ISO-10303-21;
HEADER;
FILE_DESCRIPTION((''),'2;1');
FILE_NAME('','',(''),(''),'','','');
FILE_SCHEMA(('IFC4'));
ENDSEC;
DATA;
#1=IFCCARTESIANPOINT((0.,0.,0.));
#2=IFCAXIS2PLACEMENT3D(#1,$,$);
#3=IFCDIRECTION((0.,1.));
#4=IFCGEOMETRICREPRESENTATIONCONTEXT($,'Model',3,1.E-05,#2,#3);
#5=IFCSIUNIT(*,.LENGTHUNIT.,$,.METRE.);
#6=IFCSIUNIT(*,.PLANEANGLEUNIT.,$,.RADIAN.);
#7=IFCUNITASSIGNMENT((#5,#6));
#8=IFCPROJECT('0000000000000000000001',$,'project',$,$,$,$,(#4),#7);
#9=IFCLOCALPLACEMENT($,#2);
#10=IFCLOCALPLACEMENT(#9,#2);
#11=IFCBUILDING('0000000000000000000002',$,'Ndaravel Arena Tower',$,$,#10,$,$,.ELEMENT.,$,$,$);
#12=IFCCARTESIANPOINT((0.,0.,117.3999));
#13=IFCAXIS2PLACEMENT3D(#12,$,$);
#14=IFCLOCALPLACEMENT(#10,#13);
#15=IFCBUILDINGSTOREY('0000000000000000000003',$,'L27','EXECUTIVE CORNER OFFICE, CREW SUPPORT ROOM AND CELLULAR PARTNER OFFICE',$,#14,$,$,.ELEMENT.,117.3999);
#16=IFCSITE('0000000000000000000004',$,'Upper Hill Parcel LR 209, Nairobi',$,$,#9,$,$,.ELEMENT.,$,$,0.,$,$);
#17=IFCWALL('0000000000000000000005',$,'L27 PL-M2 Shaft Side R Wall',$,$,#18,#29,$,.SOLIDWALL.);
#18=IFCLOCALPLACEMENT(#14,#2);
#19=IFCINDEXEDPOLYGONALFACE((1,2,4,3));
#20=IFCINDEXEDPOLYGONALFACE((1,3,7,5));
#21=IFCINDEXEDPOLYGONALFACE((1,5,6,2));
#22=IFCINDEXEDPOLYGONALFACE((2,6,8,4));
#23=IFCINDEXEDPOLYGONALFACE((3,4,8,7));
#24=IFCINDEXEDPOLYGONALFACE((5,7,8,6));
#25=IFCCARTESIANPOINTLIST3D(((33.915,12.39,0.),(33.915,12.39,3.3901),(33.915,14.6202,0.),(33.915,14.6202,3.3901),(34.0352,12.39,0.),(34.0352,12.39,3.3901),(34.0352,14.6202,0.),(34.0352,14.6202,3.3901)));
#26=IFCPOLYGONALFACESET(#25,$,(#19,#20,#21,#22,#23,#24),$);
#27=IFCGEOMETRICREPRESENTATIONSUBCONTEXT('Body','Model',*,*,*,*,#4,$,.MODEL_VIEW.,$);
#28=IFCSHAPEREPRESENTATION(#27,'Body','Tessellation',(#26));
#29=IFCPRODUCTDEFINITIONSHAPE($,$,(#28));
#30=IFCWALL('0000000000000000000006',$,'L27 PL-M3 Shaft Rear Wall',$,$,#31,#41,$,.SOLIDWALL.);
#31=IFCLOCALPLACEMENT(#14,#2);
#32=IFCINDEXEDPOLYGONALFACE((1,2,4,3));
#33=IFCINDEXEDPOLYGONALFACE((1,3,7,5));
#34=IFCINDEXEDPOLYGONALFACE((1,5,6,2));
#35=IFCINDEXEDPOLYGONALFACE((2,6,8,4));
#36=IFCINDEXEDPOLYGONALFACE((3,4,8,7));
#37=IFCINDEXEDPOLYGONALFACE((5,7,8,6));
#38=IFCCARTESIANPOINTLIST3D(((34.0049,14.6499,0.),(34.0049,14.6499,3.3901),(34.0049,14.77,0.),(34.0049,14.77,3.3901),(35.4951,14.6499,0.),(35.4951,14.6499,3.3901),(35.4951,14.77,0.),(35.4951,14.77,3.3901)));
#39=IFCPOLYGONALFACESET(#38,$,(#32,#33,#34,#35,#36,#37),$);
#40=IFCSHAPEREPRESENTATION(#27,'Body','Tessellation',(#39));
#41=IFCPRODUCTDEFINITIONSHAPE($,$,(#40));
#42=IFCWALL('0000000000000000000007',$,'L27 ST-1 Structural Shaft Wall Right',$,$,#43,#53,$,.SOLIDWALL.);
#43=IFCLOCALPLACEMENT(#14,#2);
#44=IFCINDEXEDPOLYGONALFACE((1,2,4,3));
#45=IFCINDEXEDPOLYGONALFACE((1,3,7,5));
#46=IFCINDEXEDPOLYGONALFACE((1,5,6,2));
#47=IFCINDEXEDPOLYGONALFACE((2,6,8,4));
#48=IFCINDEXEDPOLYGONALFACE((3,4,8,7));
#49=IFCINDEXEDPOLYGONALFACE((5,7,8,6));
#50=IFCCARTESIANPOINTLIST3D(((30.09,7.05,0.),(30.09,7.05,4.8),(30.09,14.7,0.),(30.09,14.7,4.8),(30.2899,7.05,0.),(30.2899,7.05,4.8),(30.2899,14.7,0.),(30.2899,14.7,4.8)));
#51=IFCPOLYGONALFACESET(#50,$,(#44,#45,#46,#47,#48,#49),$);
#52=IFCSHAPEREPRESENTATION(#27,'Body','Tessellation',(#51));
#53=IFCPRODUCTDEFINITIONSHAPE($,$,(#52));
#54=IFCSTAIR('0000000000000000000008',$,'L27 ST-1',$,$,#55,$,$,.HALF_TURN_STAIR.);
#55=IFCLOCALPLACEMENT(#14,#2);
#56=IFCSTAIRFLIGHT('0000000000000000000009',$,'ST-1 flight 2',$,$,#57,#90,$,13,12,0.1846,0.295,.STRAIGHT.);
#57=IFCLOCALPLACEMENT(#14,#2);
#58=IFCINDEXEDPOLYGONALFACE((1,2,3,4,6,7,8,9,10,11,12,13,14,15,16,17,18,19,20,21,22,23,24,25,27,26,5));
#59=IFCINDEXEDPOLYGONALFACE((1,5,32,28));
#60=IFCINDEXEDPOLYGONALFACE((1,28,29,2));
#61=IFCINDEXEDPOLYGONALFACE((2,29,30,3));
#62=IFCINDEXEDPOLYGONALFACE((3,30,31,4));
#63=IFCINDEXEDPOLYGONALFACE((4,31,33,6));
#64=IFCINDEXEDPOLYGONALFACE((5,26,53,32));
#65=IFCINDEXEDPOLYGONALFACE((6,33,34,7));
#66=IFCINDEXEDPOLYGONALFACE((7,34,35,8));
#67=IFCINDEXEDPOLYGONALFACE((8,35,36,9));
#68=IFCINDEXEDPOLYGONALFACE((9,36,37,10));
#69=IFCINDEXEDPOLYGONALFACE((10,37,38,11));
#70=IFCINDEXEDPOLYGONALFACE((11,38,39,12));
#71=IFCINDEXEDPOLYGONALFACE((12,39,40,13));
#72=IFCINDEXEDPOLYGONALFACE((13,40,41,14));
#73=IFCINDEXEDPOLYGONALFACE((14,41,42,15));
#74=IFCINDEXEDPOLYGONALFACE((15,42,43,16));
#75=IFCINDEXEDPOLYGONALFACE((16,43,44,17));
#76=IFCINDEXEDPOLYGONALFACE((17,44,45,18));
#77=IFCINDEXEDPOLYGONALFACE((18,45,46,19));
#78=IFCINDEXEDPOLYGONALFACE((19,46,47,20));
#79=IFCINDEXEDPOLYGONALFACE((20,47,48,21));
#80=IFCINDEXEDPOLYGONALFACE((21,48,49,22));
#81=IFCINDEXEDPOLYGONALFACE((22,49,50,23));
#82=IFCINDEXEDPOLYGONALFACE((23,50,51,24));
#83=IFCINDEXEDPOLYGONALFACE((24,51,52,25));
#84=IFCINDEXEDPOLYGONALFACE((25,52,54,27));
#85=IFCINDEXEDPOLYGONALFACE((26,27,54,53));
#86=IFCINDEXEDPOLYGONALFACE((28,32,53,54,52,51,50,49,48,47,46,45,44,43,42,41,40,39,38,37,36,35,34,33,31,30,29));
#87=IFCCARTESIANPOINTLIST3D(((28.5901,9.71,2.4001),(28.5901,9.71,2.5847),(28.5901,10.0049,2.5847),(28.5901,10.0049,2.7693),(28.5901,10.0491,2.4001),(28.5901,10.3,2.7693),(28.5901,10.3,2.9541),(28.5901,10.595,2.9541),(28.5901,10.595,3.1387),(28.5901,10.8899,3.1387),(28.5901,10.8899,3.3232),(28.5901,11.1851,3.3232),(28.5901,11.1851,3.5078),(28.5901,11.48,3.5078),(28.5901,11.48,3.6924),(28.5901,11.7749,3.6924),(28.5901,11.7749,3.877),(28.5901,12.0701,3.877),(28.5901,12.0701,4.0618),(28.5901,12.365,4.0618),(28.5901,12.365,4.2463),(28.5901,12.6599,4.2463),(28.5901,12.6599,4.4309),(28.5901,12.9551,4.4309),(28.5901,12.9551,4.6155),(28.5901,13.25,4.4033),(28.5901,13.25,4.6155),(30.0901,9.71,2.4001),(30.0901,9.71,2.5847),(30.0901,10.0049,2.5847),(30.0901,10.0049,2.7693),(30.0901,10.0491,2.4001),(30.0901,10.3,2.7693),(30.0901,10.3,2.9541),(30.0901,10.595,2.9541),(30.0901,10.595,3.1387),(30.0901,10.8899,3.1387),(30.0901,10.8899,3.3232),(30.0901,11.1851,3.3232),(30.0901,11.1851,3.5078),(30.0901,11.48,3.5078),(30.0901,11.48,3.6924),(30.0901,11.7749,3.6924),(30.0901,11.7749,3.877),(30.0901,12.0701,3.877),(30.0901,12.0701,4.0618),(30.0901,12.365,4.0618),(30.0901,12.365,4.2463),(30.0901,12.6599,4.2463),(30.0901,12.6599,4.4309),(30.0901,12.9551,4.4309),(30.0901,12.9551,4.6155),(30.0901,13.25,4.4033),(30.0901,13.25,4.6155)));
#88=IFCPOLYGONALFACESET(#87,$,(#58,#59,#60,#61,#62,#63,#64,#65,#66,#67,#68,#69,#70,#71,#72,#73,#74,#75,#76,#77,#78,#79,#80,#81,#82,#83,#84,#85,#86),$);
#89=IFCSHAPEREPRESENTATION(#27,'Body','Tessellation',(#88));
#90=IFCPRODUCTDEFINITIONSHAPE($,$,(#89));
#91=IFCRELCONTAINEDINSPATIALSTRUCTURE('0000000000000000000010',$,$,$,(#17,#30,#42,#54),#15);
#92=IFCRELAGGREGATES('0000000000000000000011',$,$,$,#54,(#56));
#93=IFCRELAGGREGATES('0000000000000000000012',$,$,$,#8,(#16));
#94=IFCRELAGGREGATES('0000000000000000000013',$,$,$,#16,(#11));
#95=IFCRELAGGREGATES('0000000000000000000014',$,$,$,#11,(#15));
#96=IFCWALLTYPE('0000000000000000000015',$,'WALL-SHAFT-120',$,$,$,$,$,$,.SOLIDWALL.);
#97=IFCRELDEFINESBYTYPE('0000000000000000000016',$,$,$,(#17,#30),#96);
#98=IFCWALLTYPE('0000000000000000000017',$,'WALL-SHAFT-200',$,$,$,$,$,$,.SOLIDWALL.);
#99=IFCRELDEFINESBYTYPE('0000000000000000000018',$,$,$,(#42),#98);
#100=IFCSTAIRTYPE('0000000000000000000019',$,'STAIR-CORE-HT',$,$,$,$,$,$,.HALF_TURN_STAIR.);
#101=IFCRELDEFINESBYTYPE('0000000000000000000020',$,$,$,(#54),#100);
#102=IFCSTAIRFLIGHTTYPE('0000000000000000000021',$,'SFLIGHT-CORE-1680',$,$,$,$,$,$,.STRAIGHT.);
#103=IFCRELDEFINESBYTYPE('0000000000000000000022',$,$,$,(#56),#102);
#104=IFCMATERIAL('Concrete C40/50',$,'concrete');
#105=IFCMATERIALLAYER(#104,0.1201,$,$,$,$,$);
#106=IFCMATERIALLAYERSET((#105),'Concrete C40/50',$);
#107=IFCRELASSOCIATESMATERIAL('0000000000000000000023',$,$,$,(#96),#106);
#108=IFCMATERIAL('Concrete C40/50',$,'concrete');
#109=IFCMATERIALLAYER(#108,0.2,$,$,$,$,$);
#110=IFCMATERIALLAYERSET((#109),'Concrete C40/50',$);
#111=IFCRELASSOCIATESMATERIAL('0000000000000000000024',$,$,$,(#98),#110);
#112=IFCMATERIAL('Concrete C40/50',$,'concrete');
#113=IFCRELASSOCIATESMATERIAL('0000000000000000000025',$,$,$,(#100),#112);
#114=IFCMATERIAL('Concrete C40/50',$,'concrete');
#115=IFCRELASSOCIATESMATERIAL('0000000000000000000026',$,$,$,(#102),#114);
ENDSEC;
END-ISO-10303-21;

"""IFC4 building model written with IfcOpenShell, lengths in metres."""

from ifc_helpers import new_model, si_unit, direction, frame, frame_2d, origin, place, context, subcontext, project, spatial, polyline, rectangle, outline, extrude, material, layer, layer_set, type_object, element, aggregate, save


model = new_model("IFC4")

# Units and contexts
model_context = context("Model", 3, precision=1e-05, world=origin(), true_north=direction((0.0, 1.0)))
body_context = subcontext(model_context, "Body", "Model", "MODEL_VIEW")
ifc_project = project(units=[si_unit("LENGTHUNIT", "METRE"), si_unit("PLANEANGLEUNIT", "RADIAN")], contexts=[model_context])

# Site, building, storey
site_placement = place(None, origin())
site = spatial("IfcSite", under=ifc_project, at=site_placement, Name="Upper Hill Parcel LR 209, Nairobi", CompositionType="ELEMENT", RefElevation=0.0)
building_placement = place(site_placement, origin())
building = spatial("IfcBuilding", under=site, at=building_placement, Name="Ndaravel Arena Tower", CompositionType="ELEMENT")
storey_placement = place(building_placement, frame((0.0, 0.0, 117.3999)))
storey = spatial("IfcBuildingStorey", under=building, at=storey_placement, Name="L27", Description="EXECUTIVE CORNER OFFICE, CREW SUPPORT ROOM AND CELLULAR PARTNER OFFICE", CompositionType="ELEMENT", Elevation=117.3999)

# Walls
ifc_material_1 = material(Name="Concrete C40/50", Category="concrete")
ifc_layer_1 = layer(ifc_material_1, 0.1201)
ifc_layer_set_1 = layer_set([ifc_layer_1], Name="Concrete C40/50")
wall_type_1 = type_object("IfcWallType", Name="WALL-SHAFT-120", PredefinedType="SOLIDWALL", material=ifc_layer_set_1)
wall_1_placement = place(storey_placement, frame((33.9751, 12.3899, 0.0), z_axis=(0.0, 0.0, 1.0), x_axis=(0.0, 1.0, 0.0)))
element("IfcWall", 1, at=wall_1_placement, inside=storey, type_object=wall_type_1, Name="L27 PL-M2 Shaft Side R Wall", PredefinedType="SOLIDWALL", context=body_context, shape_type="SweptSolid", body=[
    extrude(rectangle(XDim=2.2302, YDim=0.1201, at=frame_2d((1.1152, 0.0))), origin(), (0.0, 0.0, 1.0), 3.3901),
])
wall_2_placement = place(storey_placement, frame((34.0049, 14.71, 0.0), z_axis=(0.0, 0.0, 1.0), x_axis=(1.0, 0.0, 0.0)))
element("IfcWall", 2, at=wall_2_placement, inside=storey, type_object=wall_type_1, Name="L27 PL-M3 Shaft Rear Wall", PredefinedType="SOLIDWALL", context=body_context, shape_type="SweptSolid", body=[
    extrude(rectangle(XDim=1.4902, YDim=0.1201, at=frame_2d((0.7451, 0.0))), origin(), (0.0, 0.0, 1.0), 3.3901),
])
ifc_material_2 = material(Name="Concrete C40/50", Category="concrete")
ifc_layer_2 = layer(ifc_material_2, 0.2)
ifc_layer_set_2 = layer_set([ifc_layer_2], Name="Concrete C40/50")
wall_type_2 = type_object("IfcWallType", Name="WALL-SHAFT-200", PredefinedType="SOLIDWALL", material=ifc_layer_set_2)
wall_3_placement = place(storey_placement, frame((30.1899, 14.7, 0.0), z_axis=(0.0, 0.0, 1.0), x_axis=(0.0, -1.0, 0.0)))
element("IfcWall", 3, at=wall_3_placement, inside=storey, type_object=wall_type_2, Name="L27 ST-1 Structural Shaft Wall Right", PredefinedType="SOLIDWALL", context=body_context, shape_type="SweptSolid", body=[
    extrude(rectangle(XDim=7.6499, YDim=0.2, at=frame_2d((3.825, 0.0))), origin(), (0.0, 0.0, 1.0), 4.8),
])

# Stair, stair flight
ifc_material_3 = material(Name="Concrete C40/50", Category="concrete")
stair_type = type_object("IfcStairType", Name="STAIR-CORE-HT", PredefinedType="HALF_TURN_STAIR", material=ifc_material_3)
stair_placement = place(storey_placement, origin())
stair = element("IfcStair", 4, at=stair_placement, inside=storey, type_object=stair_type, Name="L27 ST-1", PredefinedType="HALF_TURN_STAIR")
ifc_material_4 = material(Name="Concrete C40/50", Category="concrete")
stair_flight_type = type_object("IfcStairFlightType", Name="SFLIGHT-CORE-1680", PredefinedType="STRAIGHT", material=ifc_material_4)
stair_flight_placement = place(storey_placement, frame((29.3401, 9.71, 2.4001), z_axis=(0.0, 0.0, 1.0), x_axis=(0.0, 1.0, 0.0)))
stair_flight = element("IfcStairFlight", 5, at=stair_flight_placement, type_object=stair_flight_type, Name="ST-1 flight 2", NumberOfRisers=13, NumberOfTreads=12, PredefinedType="STRAIGHT", RiserHeight=0.1846, TreadLength=0.295, context=body_context, shape_type="SweptSolid", body=[
    extrude(outline(polyline([(0.0, 0.0), (0.0, 0.1846), (0.2949, 0.1846), (0.2949, 0.3691), (0.5901, 0.3691), (0.5901, 0.554), (0.885, 0.554), (0.885, 0.7385), (1.1799, 0.7385), (1.1799, 0.9231), (1.4751, 0.9231), (1.4751, 1.1077), (1.77, 1.1077), (1.77, 1.2922), (2.0649, 1.2922), (2.0649, 1.4768), (2.3601, 1.4768), (2.3601, 1.6616), (2.655, 1.6616), (2.655, 1.8462), (2.95, 1.8462), (2.95, 2.0308), (3.2451, 2.0308), (3.2451, 2.2153), (3.54, 2.2153), (3.54, 2.3999), (3.54, 2.0032), (0.3391, 0.0), (0.0, 0.0)])), frame((0.0, 0.75, 0.0), z_axis=(0.0, -1.0, 0.0), x_axis=(1.0, 0.0, 0.0)), (0.0, 0.0, 1.0), 1.5),
])
aggregate(stair, [stair_flight])

save(model, "model.ifc")
